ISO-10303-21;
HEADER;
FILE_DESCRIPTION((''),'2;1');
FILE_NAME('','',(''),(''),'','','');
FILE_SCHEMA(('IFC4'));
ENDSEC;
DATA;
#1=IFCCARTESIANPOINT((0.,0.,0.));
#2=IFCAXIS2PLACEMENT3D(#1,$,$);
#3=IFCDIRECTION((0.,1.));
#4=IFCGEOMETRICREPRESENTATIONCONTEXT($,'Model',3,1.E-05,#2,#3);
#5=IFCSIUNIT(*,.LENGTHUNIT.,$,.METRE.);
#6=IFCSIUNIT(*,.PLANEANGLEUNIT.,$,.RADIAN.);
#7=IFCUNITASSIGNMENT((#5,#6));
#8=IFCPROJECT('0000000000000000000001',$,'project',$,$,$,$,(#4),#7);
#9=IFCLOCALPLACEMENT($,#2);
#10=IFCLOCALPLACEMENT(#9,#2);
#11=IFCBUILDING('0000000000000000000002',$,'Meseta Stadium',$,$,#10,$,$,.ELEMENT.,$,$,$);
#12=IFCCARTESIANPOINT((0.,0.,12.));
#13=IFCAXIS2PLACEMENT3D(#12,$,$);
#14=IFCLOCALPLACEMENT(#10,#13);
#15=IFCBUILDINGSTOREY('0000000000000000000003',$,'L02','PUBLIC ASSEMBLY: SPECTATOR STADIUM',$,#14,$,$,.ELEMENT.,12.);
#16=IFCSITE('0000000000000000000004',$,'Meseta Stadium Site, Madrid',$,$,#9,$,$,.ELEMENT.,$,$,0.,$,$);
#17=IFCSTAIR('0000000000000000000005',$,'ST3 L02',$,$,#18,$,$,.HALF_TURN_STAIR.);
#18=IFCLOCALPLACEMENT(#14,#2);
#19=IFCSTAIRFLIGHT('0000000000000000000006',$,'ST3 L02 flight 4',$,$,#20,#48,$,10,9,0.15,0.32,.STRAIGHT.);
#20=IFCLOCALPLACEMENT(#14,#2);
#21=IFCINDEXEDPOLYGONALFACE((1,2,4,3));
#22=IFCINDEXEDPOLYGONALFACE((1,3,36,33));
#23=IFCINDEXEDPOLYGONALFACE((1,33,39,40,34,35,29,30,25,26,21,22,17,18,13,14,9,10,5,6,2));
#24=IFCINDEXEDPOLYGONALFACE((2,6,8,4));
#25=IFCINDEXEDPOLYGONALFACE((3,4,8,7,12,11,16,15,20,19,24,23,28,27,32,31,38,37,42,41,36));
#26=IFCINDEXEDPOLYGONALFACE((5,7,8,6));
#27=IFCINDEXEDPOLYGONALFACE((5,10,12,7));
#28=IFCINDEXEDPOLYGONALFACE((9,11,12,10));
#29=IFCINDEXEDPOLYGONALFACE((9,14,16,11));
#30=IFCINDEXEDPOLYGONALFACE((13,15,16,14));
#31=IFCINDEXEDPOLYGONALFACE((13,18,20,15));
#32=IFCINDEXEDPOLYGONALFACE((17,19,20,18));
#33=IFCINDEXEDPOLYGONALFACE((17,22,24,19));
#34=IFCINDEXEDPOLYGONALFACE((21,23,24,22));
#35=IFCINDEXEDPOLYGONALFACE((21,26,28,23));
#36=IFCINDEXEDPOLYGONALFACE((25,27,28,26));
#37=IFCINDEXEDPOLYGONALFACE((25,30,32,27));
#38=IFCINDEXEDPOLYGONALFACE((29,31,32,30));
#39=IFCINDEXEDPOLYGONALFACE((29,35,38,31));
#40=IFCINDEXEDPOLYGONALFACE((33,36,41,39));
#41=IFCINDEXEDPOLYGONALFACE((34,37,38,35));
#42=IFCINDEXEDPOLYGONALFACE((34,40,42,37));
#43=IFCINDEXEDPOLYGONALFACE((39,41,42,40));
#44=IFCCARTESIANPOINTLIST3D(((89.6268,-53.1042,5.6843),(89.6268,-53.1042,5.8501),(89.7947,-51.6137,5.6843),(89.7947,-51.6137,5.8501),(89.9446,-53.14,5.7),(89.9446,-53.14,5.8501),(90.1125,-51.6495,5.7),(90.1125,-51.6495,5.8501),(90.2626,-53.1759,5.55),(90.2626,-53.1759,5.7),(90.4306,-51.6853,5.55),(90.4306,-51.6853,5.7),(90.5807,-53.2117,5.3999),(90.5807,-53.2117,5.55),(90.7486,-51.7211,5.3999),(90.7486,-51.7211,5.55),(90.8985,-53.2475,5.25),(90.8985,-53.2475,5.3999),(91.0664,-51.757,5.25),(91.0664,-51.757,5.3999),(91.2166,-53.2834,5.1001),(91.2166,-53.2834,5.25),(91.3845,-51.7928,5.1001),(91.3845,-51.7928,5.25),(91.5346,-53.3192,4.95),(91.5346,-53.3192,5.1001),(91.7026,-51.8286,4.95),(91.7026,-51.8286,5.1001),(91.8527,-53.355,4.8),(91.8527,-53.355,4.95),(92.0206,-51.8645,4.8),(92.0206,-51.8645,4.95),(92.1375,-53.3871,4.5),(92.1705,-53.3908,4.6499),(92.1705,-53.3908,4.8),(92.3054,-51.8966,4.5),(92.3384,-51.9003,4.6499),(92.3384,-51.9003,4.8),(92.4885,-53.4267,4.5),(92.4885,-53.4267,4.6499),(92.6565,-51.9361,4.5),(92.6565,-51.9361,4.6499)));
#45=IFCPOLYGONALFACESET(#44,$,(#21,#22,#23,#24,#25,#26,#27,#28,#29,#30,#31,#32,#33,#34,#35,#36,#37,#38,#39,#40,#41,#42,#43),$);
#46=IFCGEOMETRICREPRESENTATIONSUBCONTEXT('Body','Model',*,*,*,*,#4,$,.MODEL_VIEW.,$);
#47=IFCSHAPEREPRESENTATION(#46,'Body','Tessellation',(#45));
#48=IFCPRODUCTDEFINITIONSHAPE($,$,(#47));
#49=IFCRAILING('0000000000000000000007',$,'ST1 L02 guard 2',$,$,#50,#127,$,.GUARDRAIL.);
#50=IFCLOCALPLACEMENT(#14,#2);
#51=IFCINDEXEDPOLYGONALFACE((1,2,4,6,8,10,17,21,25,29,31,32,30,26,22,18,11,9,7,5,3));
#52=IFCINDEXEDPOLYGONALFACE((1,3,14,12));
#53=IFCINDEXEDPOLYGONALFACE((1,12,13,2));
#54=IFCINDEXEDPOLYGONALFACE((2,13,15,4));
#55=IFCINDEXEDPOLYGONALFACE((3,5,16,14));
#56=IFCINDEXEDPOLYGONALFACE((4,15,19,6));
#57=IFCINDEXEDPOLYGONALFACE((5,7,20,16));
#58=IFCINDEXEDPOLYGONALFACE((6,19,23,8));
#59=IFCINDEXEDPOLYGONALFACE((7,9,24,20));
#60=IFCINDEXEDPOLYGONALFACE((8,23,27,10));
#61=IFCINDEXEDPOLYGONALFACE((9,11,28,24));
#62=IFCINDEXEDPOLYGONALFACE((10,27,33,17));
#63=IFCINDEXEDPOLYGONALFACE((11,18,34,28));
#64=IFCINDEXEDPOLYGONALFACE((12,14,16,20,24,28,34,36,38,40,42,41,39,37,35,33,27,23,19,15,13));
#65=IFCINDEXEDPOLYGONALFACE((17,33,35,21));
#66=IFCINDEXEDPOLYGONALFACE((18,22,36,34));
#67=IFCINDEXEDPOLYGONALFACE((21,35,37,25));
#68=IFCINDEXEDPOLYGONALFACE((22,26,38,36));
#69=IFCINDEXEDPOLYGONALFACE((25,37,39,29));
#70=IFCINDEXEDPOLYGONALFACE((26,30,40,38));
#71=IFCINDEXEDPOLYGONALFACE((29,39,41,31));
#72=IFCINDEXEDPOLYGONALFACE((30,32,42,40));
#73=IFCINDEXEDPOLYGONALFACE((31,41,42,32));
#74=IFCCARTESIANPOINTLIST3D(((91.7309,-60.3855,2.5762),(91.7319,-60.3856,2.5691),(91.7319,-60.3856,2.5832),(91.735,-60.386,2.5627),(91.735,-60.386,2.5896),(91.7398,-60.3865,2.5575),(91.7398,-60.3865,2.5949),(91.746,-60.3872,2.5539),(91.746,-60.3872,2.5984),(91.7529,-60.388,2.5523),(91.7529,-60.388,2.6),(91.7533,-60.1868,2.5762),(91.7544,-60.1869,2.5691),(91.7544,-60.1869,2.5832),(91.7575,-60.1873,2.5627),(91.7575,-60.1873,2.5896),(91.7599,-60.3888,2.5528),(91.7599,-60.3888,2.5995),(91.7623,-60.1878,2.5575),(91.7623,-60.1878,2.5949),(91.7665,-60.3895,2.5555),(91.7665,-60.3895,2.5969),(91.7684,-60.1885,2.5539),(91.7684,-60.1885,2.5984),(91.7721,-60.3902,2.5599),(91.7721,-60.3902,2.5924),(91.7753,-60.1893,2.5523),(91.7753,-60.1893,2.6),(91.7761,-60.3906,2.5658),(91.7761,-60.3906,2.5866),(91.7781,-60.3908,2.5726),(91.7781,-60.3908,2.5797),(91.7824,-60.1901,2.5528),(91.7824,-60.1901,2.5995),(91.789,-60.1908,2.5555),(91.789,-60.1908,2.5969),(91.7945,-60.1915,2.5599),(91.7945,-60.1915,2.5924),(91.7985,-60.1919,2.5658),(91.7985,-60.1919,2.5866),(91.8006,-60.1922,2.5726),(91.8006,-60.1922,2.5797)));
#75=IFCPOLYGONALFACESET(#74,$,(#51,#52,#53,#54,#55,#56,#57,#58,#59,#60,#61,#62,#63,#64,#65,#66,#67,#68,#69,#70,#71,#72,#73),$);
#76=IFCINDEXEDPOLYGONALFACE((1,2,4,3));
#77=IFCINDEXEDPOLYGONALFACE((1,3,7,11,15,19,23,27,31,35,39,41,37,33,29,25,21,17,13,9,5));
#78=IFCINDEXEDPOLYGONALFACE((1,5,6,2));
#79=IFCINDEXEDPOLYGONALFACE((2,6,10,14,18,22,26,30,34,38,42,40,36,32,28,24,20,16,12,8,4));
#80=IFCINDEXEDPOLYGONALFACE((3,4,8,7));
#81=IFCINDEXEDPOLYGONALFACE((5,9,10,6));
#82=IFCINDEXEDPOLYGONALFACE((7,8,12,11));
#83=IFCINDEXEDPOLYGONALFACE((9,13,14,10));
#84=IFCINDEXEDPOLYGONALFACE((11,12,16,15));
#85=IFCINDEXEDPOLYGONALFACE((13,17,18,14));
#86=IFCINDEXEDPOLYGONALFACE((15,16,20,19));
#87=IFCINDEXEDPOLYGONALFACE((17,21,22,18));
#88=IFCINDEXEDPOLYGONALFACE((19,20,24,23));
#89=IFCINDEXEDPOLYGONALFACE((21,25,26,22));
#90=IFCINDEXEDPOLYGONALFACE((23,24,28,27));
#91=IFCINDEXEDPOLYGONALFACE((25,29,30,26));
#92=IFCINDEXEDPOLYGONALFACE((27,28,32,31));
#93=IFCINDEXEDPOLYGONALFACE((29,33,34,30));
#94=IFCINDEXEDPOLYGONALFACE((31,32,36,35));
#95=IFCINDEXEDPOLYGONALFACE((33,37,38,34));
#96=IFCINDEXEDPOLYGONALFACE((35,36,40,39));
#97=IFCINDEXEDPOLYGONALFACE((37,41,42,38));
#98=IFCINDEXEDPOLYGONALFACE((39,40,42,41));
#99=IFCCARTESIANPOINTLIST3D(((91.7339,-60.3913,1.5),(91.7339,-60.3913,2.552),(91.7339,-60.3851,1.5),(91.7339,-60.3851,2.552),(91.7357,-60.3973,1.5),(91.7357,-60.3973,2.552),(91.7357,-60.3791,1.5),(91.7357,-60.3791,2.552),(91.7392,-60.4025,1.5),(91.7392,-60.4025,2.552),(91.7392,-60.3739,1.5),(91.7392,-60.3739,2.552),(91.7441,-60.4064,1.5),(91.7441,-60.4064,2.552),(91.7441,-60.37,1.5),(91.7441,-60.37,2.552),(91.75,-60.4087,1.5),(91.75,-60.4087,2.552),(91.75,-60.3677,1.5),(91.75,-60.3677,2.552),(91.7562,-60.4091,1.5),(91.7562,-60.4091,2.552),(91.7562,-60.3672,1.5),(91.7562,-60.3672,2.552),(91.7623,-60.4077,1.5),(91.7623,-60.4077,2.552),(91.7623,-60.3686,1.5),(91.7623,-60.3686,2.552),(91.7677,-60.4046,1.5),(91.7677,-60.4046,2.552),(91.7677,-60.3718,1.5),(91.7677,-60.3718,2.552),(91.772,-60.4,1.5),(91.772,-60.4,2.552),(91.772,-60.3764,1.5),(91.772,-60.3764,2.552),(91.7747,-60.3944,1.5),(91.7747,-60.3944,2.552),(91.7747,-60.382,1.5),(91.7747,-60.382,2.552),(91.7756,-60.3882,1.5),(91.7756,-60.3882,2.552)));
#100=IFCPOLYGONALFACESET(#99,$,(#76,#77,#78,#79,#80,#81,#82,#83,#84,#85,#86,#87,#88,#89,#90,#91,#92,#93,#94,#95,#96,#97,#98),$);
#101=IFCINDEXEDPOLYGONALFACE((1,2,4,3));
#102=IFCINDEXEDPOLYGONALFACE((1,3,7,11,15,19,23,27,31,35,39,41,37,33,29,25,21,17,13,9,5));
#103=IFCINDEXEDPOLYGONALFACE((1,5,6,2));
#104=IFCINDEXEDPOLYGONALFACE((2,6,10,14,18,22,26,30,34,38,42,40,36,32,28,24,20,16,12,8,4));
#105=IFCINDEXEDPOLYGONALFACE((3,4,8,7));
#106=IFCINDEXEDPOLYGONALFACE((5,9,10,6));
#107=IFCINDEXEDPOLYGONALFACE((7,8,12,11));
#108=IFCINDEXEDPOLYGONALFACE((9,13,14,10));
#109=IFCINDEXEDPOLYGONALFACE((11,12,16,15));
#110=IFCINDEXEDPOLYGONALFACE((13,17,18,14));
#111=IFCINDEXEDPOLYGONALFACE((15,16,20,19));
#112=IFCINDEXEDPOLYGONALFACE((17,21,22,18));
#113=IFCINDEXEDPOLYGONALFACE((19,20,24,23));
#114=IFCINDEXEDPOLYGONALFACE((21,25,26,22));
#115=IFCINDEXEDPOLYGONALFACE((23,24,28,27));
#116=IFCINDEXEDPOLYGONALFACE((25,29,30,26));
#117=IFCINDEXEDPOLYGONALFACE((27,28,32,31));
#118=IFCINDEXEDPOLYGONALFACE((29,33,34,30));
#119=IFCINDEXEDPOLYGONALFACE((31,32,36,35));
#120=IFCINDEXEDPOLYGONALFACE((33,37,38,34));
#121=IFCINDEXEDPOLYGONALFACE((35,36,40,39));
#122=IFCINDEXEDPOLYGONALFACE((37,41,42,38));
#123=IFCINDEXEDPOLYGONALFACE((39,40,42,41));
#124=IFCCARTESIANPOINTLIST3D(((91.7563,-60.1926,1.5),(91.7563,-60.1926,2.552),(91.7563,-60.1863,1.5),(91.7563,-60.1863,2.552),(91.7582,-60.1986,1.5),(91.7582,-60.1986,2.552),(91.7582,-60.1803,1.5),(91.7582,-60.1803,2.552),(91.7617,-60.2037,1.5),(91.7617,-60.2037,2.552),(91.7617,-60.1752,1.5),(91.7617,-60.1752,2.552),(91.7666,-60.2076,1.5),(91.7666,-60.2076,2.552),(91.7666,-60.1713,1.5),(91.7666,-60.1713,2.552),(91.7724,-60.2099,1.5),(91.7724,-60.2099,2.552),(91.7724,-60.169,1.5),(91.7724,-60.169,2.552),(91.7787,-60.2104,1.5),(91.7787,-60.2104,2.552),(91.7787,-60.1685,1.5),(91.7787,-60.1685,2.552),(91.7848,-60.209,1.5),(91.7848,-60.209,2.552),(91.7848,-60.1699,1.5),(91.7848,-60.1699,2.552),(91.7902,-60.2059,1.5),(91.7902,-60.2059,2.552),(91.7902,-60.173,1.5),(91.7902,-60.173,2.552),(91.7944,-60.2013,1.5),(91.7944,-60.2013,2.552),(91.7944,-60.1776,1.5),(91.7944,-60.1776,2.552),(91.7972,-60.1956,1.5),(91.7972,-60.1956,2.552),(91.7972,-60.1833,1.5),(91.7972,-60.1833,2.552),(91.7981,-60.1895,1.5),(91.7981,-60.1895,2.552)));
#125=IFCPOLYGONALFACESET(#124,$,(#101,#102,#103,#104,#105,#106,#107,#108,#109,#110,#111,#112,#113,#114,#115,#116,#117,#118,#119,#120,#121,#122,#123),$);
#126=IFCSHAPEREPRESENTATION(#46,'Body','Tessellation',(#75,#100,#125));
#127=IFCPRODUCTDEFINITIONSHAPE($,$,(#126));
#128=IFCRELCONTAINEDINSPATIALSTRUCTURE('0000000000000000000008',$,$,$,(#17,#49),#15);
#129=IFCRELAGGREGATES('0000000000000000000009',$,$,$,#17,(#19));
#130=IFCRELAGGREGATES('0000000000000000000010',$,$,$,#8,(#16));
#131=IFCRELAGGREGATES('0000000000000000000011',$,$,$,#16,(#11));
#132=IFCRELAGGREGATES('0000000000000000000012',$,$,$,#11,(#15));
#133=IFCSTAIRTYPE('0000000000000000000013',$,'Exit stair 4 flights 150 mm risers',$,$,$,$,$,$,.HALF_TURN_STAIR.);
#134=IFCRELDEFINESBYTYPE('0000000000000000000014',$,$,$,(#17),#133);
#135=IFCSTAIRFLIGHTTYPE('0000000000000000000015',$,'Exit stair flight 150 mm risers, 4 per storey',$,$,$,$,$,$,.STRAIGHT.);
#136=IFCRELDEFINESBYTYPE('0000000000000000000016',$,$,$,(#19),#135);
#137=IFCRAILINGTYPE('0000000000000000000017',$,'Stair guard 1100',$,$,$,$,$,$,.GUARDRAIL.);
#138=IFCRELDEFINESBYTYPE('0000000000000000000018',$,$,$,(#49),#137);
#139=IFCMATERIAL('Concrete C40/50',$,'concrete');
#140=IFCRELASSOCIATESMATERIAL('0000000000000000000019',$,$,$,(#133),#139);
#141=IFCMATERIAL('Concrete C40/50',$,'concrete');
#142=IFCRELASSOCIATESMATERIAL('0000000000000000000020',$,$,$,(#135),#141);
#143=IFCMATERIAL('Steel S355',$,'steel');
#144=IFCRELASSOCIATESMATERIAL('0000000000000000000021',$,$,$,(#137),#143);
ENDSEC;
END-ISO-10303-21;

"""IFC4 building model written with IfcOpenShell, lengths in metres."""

from ifc_helpers import new_model, si_unit, direction, frame, origin, origin_2d, place, context, subcontext, project, spatial, polyline, circle, outline, extrude, material, type_object, element, aggregate, save


model = new_model("IFC4")

# Units and contexts
model_context = context("Model", 3, precision=1e-05, world=origin(), true_north=direction((0.0, 1.0)))
body_context = subcontext(model_context, "Body", "Model", "MODEL_VIEW")
ifc_project = project(units=[si_unit("LENGTHUNIT", "METRE"), si_unit("PLANEANGLEUNIT", "RADIAN")], contexts=[model_context])

# Site, building, storey
site_placement = place(None, origin())
site = spatial("IfcSite", under=ifc_project, at=site_placement, Name="Meseta Stadium Site, Madrid", CompositionType="ELEMENT", RefElevation=0.0)
building_placement = place(site_placement, origin())
building = spatial("IfcBuilding", under=site, at=building_placement, Name="Meseta Stadium", CompositionType="ELEMENT")
storey_placement = place(building_placement, frame((0.0, 0.0, 12.0)))
storey = spatial("IfcBuildingStorey", under=building, at=storey_placement, Name="L02", Description="PUBLIC ASSEMBLY: SPECTATOR STADIUM", CompositionType="ELEMENT", Elevation=12.0)

# Stair, stair flight
ifc_material_1 = material(Name="Concrete C40/50", Category="concrete")
stair_type = type_object("IfcStairType", Name="Exit stair 4 flights 150 mm risers", PredefinedType="HALF_TURN_STAIR", material=ifc_material_1)
ifc_material_2 = material(Name="Concrete C40/50", Category="concrete")
stair_flight_type = type_object("IfcStairFlightType", Name="Exit stair flight 150 mm risers, 4 per storey", PredefinedType="STRAIGHT", material=ifc_material_2)
stair_1_placement = place(storey_placement, origin())
stair_1 = element("IfcStair", 1, at=stair_1_placement, inside=storey, type_object=stair_type, Name="ST3 L02", PredefinedType="HALF_TURN_STAIR")
stair_flight_1_placement = place(storey_placement, frame((92.5725, -52.6814, 4.5), z_axis=(0.0, 0.0, 1.0), x_axis=(-0.993712, 0.111964, 0.0)))
stair_flight_1 = element("IfcStairFlight", 2, at=stair_flight_1_placement, type_object=stair_flight_type, Name="ST3 L02 flight 4", NumberOfRisers=10, NumberOfTreads=9, PredefinedType="STRAIGHT", RiserHeight=0.15, TreadLength=0.32, context=body_context, shape_type="SweptSolid", body=[
    extrude(outline(polyline([(0.0, 0.0), (0.0, 0.1499), (0.3201, 0.1499), (0.3201, 0.3), (0.6399, 0.3), (0.6399, 0.45), (0.96, 0.45), (0.96, 0.6001), (1.28, 0.6001), (1.28, 0.75), (1.6001, 0.75), (1.6001, 0.8999), (1.9199, 0.8999), (1.9199, 1.05), (2.24, 1.05), (2.24, 1.2), (2.5601, 1.2), (2.5601, 1.3501), (2.8799, 1.3501), (2.8799, 1.1843), (0.3533, 0.0), (0.0, 0.0)])), frame((0.0, 0.75, 0.0), z_axis=(0.0, -1.0, 0.0), x_axis=(1.0, 0.0, 0.0)), (0.0, 0.0, 1.0), 1.5),
])
aggregate(stair_1, [stair_flight_1])

# Railing
ifc_material_3 = material(Name="Steel S355", Category="steel")
railing_type_1 = type_object("IfcRailingType", Name="Stair guard 1100", PredefinedType="GUARDRAIL", material=ifc_material_3)
railing_1_placement = place(storey_placement, frame((91.7546, -60.3882, 1.5)))
element("IfcRailing", 3, at=railing_1_placement, inside=storey, type_object=railing_type_1, Name="ST1 L02 guard 2", PredefinedType="GUARDRAIL", context=body_context, shape_type="SweptSolid", body=[
    extrude(circle(Radius=0.0239, at=origin_2d()), frame((0.0, 0.0, 1.0762), z_axis=(0.112307, 0.993674, 0.0), x_axis=(-0.993674, 0.112307, 0.0)), (0.0, 0.0, 1.0), 0.2),
    extrude(circle(Radius=0.021, at=origin_2d()), origin(), (0.0, 0.0, 1.0), 1.052),
    extrude(circle(Radius=0.021, at=origin_2d()), frame((0.0225, 0.1987, 0.0)), (0.0, 0.0, 1.0), 1.052),
])

save(model, "model.ifc")
